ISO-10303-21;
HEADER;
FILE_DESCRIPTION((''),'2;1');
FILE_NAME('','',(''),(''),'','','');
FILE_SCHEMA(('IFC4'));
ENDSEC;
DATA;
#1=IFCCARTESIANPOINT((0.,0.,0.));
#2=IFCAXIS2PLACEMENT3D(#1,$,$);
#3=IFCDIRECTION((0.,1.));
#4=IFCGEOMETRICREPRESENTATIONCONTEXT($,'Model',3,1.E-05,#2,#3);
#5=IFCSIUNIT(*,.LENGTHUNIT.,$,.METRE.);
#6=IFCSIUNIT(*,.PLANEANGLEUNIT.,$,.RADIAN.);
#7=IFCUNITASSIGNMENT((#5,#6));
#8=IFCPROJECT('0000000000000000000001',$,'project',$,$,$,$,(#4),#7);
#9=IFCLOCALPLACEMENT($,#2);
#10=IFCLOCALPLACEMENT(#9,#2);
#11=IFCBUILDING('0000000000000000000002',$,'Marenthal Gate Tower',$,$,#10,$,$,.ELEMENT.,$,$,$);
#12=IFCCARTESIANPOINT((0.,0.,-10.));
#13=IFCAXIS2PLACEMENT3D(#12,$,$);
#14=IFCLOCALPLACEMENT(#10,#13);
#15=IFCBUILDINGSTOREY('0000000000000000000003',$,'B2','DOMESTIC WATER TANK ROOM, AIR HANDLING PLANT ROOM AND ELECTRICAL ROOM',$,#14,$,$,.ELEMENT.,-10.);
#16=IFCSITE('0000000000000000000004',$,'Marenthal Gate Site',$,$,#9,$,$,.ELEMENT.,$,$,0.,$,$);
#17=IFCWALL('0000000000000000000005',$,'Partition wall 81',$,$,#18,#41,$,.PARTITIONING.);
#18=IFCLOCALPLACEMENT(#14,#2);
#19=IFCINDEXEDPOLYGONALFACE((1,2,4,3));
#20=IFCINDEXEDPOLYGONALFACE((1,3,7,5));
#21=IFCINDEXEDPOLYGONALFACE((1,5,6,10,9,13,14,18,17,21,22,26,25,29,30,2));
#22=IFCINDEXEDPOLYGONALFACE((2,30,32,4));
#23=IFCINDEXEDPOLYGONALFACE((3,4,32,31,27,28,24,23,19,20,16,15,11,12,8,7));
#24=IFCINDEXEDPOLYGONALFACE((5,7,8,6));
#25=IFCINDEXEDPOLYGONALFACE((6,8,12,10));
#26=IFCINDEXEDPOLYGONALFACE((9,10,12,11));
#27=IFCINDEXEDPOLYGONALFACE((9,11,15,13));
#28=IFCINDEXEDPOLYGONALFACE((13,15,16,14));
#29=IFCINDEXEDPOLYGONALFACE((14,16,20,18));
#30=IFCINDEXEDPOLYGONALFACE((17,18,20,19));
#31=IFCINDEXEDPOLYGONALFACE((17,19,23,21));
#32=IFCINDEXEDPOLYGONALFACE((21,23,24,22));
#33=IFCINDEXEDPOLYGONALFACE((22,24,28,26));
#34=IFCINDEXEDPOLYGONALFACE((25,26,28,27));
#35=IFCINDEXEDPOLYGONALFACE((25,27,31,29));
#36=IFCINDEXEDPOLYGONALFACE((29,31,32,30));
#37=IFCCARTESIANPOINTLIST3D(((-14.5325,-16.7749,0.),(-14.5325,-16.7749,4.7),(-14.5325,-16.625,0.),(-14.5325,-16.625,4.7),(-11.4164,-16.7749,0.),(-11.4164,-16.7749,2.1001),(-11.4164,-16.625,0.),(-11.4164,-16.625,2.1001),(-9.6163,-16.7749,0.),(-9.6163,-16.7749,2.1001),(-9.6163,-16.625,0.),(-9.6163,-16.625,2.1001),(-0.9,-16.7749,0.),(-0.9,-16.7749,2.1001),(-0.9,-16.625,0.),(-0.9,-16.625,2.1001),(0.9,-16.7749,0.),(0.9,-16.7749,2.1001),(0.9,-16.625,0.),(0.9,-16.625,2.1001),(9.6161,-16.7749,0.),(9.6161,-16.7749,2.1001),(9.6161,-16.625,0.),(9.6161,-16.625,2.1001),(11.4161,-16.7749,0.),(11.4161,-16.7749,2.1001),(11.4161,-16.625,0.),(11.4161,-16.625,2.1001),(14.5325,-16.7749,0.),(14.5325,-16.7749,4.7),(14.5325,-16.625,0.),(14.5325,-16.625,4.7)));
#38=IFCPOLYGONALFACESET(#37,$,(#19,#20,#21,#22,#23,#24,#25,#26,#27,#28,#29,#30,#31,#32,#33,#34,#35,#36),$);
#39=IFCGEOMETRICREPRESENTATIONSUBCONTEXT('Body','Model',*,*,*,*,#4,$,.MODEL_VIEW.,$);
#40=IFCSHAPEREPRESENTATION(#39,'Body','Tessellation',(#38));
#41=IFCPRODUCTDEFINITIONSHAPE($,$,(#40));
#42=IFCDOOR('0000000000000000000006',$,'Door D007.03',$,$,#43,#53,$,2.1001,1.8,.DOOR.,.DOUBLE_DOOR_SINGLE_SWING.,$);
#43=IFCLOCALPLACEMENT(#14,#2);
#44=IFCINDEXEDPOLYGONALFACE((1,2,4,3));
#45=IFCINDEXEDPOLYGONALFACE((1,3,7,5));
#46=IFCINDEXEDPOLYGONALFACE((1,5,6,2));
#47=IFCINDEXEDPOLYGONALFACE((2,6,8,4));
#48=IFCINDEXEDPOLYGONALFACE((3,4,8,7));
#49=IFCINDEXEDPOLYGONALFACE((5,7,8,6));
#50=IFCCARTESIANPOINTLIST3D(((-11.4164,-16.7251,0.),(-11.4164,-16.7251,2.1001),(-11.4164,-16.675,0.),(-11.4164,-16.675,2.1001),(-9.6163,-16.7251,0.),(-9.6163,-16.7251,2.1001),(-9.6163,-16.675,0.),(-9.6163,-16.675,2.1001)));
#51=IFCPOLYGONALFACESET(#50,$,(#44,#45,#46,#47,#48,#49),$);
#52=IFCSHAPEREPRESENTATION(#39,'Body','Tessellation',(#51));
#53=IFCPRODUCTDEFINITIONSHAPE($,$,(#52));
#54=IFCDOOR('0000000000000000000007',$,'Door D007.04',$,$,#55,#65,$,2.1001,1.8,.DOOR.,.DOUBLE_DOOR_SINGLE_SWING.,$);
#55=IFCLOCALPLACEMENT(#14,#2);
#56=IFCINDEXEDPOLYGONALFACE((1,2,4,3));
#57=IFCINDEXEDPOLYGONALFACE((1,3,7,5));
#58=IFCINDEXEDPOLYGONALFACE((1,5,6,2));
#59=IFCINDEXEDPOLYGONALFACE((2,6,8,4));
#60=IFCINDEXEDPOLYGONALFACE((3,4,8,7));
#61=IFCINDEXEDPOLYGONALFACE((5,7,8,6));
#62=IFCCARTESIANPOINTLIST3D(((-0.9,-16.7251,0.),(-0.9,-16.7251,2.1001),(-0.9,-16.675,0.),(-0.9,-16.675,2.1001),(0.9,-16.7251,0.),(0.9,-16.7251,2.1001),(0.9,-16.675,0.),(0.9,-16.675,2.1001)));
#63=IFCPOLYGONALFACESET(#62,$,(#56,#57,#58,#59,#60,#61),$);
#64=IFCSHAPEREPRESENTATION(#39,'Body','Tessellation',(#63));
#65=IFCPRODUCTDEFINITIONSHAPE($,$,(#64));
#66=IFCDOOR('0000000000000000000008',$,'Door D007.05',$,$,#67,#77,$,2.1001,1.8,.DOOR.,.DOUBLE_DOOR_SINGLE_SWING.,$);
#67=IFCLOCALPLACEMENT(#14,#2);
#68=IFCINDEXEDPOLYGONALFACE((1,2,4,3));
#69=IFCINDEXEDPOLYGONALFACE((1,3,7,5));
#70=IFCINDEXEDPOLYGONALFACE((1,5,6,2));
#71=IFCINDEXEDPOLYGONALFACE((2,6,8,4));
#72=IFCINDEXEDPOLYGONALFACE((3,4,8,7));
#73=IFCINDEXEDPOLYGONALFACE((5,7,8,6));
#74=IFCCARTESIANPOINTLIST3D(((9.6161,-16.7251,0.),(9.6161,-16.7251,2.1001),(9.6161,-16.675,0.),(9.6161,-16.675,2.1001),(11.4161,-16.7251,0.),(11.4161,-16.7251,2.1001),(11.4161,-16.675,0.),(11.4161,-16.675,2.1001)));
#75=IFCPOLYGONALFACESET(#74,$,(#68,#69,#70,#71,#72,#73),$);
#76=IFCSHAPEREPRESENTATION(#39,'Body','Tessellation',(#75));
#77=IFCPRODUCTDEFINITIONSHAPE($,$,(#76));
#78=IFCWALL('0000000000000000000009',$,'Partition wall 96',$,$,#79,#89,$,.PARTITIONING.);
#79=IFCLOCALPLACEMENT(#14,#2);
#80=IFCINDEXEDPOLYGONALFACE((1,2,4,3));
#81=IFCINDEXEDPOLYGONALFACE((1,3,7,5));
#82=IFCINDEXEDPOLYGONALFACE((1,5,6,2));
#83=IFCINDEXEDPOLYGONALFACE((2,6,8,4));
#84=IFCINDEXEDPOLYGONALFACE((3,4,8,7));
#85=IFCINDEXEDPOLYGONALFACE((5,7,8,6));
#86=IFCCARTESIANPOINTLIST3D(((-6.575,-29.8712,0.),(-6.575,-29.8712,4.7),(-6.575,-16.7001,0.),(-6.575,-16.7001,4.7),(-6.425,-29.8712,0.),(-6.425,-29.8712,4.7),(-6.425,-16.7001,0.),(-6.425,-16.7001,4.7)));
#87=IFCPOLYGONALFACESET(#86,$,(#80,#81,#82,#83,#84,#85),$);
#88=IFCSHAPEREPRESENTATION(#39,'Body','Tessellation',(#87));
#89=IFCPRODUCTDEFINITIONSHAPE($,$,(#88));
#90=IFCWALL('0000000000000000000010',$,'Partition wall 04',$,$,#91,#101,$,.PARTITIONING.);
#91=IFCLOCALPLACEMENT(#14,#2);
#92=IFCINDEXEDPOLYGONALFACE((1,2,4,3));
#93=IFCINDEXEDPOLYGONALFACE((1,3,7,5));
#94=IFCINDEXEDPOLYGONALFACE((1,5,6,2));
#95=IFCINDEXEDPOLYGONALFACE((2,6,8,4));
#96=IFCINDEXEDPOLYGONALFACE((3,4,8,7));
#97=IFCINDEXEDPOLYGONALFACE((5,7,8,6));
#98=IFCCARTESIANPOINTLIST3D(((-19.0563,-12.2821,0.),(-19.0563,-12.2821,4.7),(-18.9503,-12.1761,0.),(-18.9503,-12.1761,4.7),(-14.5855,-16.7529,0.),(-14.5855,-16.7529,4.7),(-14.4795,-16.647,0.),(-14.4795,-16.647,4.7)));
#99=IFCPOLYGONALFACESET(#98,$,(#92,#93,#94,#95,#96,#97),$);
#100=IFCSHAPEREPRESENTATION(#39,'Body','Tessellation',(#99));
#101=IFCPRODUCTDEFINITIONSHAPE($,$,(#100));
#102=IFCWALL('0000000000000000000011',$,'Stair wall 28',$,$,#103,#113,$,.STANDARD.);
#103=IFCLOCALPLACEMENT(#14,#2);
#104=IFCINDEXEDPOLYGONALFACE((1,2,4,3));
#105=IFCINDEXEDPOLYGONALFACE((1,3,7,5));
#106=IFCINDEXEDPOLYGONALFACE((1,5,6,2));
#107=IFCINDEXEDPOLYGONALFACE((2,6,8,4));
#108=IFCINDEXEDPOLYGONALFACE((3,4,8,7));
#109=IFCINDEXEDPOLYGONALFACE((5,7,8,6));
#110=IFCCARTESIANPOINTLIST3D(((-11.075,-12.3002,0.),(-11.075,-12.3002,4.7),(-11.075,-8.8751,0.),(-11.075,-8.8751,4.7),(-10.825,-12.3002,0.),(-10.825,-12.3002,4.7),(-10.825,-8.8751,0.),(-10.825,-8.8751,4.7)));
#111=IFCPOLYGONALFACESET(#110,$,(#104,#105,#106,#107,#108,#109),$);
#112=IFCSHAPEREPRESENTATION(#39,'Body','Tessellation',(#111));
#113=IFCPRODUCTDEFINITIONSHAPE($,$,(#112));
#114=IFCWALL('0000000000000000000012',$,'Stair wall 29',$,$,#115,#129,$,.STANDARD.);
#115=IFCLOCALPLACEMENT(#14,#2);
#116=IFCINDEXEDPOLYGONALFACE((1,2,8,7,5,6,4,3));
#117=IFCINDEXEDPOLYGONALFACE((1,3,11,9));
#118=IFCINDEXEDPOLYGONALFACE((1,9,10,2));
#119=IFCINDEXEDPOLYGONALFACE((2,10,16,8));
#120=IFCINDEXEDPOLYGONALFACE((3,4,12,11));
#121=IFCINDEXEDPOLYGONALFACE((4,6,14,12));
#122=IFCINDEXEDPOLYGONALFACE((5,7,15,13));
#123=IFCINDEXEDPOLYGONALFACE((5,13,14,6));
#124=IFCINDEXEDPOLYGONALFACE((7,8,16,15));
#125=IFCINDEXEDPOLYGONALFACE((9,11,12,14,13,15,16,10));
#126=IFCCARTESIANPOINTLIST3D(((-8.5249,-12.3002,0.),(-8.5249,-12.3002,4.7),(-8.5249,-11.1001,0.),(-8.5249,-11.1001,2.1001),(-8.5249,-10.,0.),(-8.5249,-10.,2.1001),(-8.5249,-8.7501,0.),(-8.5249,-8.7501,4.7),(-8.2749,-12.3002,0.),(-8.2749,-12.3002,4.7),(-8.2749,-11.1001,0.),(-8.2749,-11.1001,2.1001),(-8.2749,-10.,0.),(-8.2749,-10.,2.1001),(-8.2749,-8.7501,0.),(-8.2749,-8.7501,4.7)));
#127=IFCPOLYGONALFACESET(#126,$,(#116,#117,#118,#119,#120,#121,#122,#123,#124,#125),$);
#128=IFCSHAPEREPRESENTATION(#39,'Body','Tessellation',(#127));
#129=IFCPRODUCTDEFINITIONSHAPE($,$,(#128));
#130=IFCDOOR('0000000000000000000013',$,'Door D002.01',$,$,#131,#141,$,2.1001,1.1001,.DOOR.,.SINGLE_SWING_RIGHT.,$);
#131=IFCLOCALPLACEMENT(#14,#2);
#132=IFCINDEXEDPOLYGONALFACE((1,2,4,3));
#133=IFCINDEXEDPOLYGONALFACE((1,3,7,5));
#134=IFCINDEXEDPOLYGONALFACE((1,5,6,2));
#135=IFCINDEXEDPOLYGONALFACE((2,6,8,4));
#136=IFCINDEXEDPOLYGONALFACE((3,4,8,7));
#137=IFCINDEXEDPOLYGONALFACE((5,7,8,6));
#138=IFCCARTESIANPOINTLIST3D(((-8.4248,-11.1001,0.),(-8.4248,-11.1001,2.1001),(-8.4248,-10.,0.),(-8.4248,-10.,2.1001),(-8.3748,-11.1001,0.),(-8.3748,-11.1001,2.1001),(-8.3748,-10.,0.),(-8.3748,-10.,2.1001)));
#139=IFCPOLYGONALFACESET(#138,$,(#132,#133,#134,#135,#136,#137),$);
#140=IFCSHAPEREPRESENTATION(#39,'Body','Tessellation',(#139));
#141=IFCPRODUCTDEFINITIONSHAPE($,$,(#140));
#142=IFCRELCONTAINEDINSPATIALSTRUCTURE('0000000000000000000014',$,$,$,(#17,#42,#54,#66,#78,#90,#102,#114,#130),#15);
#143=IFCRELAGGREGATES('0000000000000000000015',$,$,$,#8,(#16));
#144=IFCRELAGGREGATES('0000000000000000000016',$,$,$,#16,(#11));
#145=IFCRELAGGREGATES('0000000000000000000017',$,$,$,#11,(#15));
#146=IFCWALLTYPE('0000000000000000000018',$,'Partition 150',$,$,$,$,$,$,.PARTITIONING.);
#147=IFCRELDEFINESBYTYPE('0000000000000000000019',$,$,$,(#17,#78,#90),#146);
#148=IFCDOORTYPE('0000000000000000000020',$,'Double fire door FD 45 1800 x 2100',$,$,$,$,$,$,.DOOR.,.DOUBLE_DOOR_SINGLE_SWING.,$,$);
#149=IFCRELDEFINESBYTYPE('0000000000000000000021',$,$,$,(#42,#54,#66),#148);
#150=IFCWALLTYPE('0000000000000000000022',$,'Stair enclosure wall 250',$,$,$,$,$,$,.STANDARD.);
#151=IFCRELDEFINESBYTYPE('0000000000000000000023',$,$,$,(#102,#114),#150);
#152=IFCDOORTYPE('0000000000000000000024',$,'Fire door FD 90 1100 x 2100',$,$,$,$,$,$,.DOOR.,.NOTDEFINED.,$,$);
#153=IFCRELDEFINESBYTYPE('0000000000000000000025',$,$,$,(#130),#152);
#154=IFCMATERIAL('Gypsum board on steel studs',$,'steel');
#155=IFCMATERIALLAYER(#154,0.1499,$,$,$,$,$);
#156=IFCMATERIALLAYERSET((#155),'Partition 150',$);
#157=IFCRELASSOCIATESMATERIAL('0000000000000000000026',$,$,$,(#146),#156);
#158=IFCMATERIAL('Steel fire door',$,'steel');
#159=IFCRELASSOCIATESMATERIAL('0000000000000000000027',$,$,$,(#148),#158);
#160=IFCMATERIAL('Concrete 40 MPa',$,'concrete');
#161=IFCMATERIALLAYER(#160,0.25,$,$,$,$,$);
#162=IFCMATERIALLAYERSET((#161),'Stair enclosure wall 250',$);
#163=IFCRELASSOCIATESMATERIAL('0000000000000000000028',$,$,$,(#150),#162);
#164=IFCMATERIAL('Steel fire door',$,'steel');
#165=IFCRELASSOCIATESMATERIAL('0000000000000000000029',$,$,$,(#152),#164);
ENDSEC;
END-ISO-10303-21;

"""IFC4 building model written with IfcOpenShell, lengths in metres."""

from ifc_helpers import new_model, si_unit, direction, frame, frame_2d, origin, place, context, subcontext, project, spatial, rectangle, extrude, material, layer, layer_set, type_object, element, fill, save


model = new_model("IFC4")

# Units and contexts
model_context = context("Model", 3, precision=1e-05, world=origin(), true_north=direction((0.0, 1.0)))
body_context = subcontext(model_context, "Body", "Model", "MODEL_VIEW")
ifc_project = project(units=[si_unit("LENGTHUNIT", "METRE"), si_unit("PLANEANGLEUNIT", "RADIAN")], contexts=[model_context])

# Site, building, storey
site_placement = place(None, origin())
site = spatial("IfcSite", under=ifc_project, at=site_placement, Name="Marenthal Gate Site", CompositionType="ELEMENT", RefElevation=0.0)
building_placement = place(site_placement, origin())
building = spatial("IfcBuilding", under=site, at=building_placement, Name="Marenthal Gate Tower", CompositionType="ELEMENT")
storey_placement = place(building_placement, frame((0.0, 0.0, -10.0)))
storey = spatial("IfcBuildingStorey", under=building, at=storey_placement, Name="B2", Description="DOMESTIC WATER TANK ROOM, AIR HANDLING PLANT ROOM AND ELECTRICAL ROOM", CompositionType="ELEMENT", Elevation=-10.0)

# Shared definitions
ifc_material_1 = material(Name="Gypsum board on steel studs", Category="steel")
ifc_layer_1 = layer(ifc_material_1, 0.1499)
ifc_layer_set_1 = layer_set([ifc_layer_1], Name="Partition 150")
wall_type_1 = type_object("IfcWallType", Name="Partition 150", PredefinedType="PARTITIONING", material=ifc_layer_set_1)

# Wall, openings, doors
wall_1_placement = place(storey_placement, frame((-14.5325, -16.7, 0.0), z_axis=(0.0, 0.0, 1.0), x_axis=(1.0, 0.0, 0.0)))
wall_1 = element("IfcWall", 1, at=wall_1_placement, inside=storey, type_object=wall_type_1, Name="Partition wall 81", PredefinedType="PARTITIONING", context=body_context, shape_type="SweptSolid", body=[
    extrude(rectangle(XDim=29.0649, YDim=0.1499, at=frame_2d((14.5325, 0.0))), origin(), (0.0, 0.0, 1.0), 4.7),
])
opening_1_placement = place(wall_1_placement, frame((3.1162, 0.0, 0.0)))
opening_1 = element("IfcOpeningElement", 2, at=opening_1_placement, cuts=wall_1, PredefinedType="OPENING", context=body_context, shape_type="SweptSolid", body=[
    extrude(rectangle(XDim=1.8, YDim=2.1001, at=frame_2d((0.8999, 1.05))), frame((0.0, 0.085, 0.0), z_axis=(0.0, -1.0, 0.0), x_axis=(1.0, 0.0, 0.0)), (0.0, 0.0, 1.0), 0.1699),
])
opening_2_placement = place(wall_1_placement, frame((13.6326, 0.0, 0.0)))
opening_2 = element("IfcOpeningElement", 3, at=opening_2_placement, cuts=wall_1, PredefinedType="OPENING", context=body_context, shape_type="SweptSolid", body=[
    extrude(rectangle(XDim=1.8, YDim=2.1001, at=frame_2d((0.8999, 1.05))), frame((0.0, 0.085, 0.0), z_axis=(0.0, -1.0, 0.0), x_axis=(1.0, 0.0, 0.0)), (0.0, 0.0, 1.0), 0.1699),
])
opening_3_placement = place(wall_1_placement, frame((24.1487, 0.0, 0.0)))
opening_3 = element("IfcOpeningElement", 4, at=opening_3_placement, cuts=wall_1, PredefinedType="OPENING", context=body_context, shape_type="SweptSolid", body=[
    extrude(rectangle(XDim=1.8, YDim=2.1001, at=frame_2d((0.8999, 1.05))), frame((0.0, 0.085, 0.0), z_axis=(0.0, -1.0, 0.0), x_axis=(1.0, 0.0, 0.0)), (0.0, 0.0, 1.0), 0.1699),
])
ifc_material_2 = material(Name="Steel fire door", Category="steel")
door_type_1 = type_object("IfcDoorType", Name="Double fire door FD 45 1800 x 2100", OperationType="DOUBLE_DOOR_SINGLE_SWING", PredefinedType="DOOR", material=ifc_material_2)
door_1_placement = place(opening_1_placement, origin())
door_1 = element("IfcDoor", 5, at=door_1_placement, inside=storey, type_object=door_type_1, Name="Door D007.03", OperationType="DOUBLE_DOOR_SINGLE_SWING", OverallHeight=2.1001, OverallWidth=1.8, PredefinedType="DOOR", context=body_context, shape_type="SweptSolid", body=[
    extrude(rectangle(XDim=1.8, YDim=2.1001, at=frame_2d((0.8999, 1.05))), frame((0.0, 0.0249, 0.0), z_axis=(0.0, -1.0, 0.0), x_axis=(1.0, 0.0, 0.0)), (0.0, 0.0, 1.0), 0.05),
])
fill(opening_1, door_1)
door_2_placement = place(opening_2_placement, origin())
door_2 = element("IfcDoor", 6, at=door_2_placement, inside=storey, type_object=door_type_1, Name="Door D007.04", OperationType="DOUBLE_DOOR_SINGLE_SWING", OverallHeight=2.1001, OverallWidth=1.8, PredefinedType="DOOR", context=body_context, shape_type="SweptSolid", body=[
    extrude(rectangle(XDim=1.8, YDim=2.1001, at=frame_2d((0.8999, 1.05))), frame((0.0, 0.0249, 0.0), z_axis=(0.0, -1.0, 0.0), x_axis=(1.0, 0.0, 0.0)), (0.0, 0.0, 1.0), 0.05),
])
fill(opening_2, door_2)
door_3_placement = place(opening_3_placement, origin())
door_3 = element("IfcDoor", 7, at=door_3_placement, inside=storey, type_object=door_type_1, Name="Door D007.05", OperationType="DOUBLE_DOOR_SINGLE_SWING", OverallHeight=2.1001, OverallWidth=1.8, PredefinedType="DOOR", context=body_context, shape_type="SweptSolid", body=[
    extrude(rectangle(XDim=1.8, YDim=2.1001, at=frame_2d((0.8999, 1.05))), frame((0.0, 0.0249, 0.0), z_axis=(0.0, -1.0, 0.0), x_axis=(1.0, 0.0, 0.0)), (0.0, 0.0, 1.0), 0.05),
])
fill(opening_3, door_3)

# Walls
wall_2_placement = place(storey_placement, frame((-6.5, -29.8711, 0.0), z_axis=(0.0, 0.0, 1.0), x_axis=(0.0, 1.0, 0.0)))
element("IfcWall", 8, at=wall_2_placement, inside=storey, type_object=wall_type_1, Name="Partition wall 96", PredefinedType="PARTITIONING", context=body_context, shape_type="SweptSolid", body=[
    extrude(rectangle(XDim=13.1711, YDim=0.1499, at=frame_2d((6.5854, 0.0))), origin(), (0.0, 0.0, 1.0), 4.7),
])
wall_3_placement = place(storey_placement, frame((-14.5325, -16.7, 0.0), z_axis=(0.0, 0.0, 1.0), x_axis=(-0.707107, 0.707107, 0.0)))
element("IfcWall", 9, at=wall_3_placement, inside=storey, type_object=wall_type_1, Name="Partition wall 04", PredefinedType="PARTITIONING", context=body_context, shape_type="SweptSolid", body=[
    extrude(rectangle(XDim=6.3228, YDim=0.1499, at=frame_2d((3.1614, 0.0))), origin(), (0.0, 0.0, 1.0), 4.7),
])
ifc_material_3 = material(Name="Concrete 40 MPa", Category="concrete")
ifc_layer_2 = layer(ifc_material_3, 0.25)
ifc_layer_set_2 = layer_set([ifc_layer_2], Name="Stair enclosure wall 250")
wall_type_2 = type_object("IfcWallType", Name="Stair enclosure wall 250", PredefinedType="STANDARD", material=ifc_layer_set_2)
wall_4_placement = place(storey_placement, frame((-10.95, -12.3, 0.0), z_axis=(0.0, 0.0, 1.0), x_axis=(0.0, 1.0, 0.0)))
element("IfcWall", 10, at=wall_4_placement, inside=storey, type_object=wall_type_2, Name="Stair wall 28", PredefinedType="STANDARD", context=body_context, shape_type="SweptSolid", body=[
    extrude(rectangle(XDim=3.425, YDim=0.25, at=frame_2d((1.7124, 0.0))), origin(), (0.0, 0.0, 1.0), 4.7),
])

# Wall, opening, door
wall_5_placement = place(storey_placement, frame((-8.3999, -12.3, 0.0), z_axis=(0.0, 0.0, 1.0), x_axis=(0.0, 1.0, 0.0)))
wall_5 = element("IfcWall", 11, at=wall_5_placement, inside=storey, type_object=wall_type_2, Name="Stair wall 29", PredefinedType="STANDARD", context=body_context, shape_type="SweptSolid", body=[
    extrude(rectangle(XDim=3.55, YDim=0.25, at=frame_2d((1.7749, 0.0))), origin(), (0.0, 0.0, 1.0), 4.7),
])
opening_4_placement = place(wall_5_placement, frame((1.2, 0.0, 0.0)))
opening_4 = element("IfcOpeningElement", 12, at=opening_4_placement, cuts=wall_5, PredefinedType="OPENING", context=body_context, shape_type="SweptSolid", body=[
    extrude(rectangle(XDim=1.1001, YDim=2.1001, at=frame_2d((0.55, 1.05))), frame((0.0, 0.135, 0.0), z_axis=(0.0, -1.0, 0.0), x_axis=(1.0, 0.0, 0.0)), (0.0, 0.0, 1.0), 0.27),
])
ifc_material_4 = material(Name="Steel fire door", Category="steel")
door_type_2 = type_object("IfcDoorType", Name="Fire door FD 90 1100 x 2100", OperationType="NOTDEFINED", PredefinedType="DOOR", material=ifc_material_4)
door_4_placement = place(opening_4_placement, origin())
door_4 = element("IfcDoor", 13, at=door_4_placement, inside=storey, type_object=door_type_2, Name="Door D002.01", OperationType="SINGLE_SWING_RIGHT", OverallHeight=2.1001, OverallWidth=1.1001, PredefinedType="DOOR", context=body_context, shape_type="SweptSolid", body=[
    extrude(rectangle(XDim=1.1001, YDim=2.1001, at=frame_2d((0.55, 1.05))), frame((0.0, 0.0249, 0.0), z_axis=(0.0, -1.0, 0.0), x_axis=(1.0, 0.0, 0.0)), (0.0, 0.0, 1.0), 0.05),
])
fill(opening_4, door_4)

save(model, "model.ifc")
